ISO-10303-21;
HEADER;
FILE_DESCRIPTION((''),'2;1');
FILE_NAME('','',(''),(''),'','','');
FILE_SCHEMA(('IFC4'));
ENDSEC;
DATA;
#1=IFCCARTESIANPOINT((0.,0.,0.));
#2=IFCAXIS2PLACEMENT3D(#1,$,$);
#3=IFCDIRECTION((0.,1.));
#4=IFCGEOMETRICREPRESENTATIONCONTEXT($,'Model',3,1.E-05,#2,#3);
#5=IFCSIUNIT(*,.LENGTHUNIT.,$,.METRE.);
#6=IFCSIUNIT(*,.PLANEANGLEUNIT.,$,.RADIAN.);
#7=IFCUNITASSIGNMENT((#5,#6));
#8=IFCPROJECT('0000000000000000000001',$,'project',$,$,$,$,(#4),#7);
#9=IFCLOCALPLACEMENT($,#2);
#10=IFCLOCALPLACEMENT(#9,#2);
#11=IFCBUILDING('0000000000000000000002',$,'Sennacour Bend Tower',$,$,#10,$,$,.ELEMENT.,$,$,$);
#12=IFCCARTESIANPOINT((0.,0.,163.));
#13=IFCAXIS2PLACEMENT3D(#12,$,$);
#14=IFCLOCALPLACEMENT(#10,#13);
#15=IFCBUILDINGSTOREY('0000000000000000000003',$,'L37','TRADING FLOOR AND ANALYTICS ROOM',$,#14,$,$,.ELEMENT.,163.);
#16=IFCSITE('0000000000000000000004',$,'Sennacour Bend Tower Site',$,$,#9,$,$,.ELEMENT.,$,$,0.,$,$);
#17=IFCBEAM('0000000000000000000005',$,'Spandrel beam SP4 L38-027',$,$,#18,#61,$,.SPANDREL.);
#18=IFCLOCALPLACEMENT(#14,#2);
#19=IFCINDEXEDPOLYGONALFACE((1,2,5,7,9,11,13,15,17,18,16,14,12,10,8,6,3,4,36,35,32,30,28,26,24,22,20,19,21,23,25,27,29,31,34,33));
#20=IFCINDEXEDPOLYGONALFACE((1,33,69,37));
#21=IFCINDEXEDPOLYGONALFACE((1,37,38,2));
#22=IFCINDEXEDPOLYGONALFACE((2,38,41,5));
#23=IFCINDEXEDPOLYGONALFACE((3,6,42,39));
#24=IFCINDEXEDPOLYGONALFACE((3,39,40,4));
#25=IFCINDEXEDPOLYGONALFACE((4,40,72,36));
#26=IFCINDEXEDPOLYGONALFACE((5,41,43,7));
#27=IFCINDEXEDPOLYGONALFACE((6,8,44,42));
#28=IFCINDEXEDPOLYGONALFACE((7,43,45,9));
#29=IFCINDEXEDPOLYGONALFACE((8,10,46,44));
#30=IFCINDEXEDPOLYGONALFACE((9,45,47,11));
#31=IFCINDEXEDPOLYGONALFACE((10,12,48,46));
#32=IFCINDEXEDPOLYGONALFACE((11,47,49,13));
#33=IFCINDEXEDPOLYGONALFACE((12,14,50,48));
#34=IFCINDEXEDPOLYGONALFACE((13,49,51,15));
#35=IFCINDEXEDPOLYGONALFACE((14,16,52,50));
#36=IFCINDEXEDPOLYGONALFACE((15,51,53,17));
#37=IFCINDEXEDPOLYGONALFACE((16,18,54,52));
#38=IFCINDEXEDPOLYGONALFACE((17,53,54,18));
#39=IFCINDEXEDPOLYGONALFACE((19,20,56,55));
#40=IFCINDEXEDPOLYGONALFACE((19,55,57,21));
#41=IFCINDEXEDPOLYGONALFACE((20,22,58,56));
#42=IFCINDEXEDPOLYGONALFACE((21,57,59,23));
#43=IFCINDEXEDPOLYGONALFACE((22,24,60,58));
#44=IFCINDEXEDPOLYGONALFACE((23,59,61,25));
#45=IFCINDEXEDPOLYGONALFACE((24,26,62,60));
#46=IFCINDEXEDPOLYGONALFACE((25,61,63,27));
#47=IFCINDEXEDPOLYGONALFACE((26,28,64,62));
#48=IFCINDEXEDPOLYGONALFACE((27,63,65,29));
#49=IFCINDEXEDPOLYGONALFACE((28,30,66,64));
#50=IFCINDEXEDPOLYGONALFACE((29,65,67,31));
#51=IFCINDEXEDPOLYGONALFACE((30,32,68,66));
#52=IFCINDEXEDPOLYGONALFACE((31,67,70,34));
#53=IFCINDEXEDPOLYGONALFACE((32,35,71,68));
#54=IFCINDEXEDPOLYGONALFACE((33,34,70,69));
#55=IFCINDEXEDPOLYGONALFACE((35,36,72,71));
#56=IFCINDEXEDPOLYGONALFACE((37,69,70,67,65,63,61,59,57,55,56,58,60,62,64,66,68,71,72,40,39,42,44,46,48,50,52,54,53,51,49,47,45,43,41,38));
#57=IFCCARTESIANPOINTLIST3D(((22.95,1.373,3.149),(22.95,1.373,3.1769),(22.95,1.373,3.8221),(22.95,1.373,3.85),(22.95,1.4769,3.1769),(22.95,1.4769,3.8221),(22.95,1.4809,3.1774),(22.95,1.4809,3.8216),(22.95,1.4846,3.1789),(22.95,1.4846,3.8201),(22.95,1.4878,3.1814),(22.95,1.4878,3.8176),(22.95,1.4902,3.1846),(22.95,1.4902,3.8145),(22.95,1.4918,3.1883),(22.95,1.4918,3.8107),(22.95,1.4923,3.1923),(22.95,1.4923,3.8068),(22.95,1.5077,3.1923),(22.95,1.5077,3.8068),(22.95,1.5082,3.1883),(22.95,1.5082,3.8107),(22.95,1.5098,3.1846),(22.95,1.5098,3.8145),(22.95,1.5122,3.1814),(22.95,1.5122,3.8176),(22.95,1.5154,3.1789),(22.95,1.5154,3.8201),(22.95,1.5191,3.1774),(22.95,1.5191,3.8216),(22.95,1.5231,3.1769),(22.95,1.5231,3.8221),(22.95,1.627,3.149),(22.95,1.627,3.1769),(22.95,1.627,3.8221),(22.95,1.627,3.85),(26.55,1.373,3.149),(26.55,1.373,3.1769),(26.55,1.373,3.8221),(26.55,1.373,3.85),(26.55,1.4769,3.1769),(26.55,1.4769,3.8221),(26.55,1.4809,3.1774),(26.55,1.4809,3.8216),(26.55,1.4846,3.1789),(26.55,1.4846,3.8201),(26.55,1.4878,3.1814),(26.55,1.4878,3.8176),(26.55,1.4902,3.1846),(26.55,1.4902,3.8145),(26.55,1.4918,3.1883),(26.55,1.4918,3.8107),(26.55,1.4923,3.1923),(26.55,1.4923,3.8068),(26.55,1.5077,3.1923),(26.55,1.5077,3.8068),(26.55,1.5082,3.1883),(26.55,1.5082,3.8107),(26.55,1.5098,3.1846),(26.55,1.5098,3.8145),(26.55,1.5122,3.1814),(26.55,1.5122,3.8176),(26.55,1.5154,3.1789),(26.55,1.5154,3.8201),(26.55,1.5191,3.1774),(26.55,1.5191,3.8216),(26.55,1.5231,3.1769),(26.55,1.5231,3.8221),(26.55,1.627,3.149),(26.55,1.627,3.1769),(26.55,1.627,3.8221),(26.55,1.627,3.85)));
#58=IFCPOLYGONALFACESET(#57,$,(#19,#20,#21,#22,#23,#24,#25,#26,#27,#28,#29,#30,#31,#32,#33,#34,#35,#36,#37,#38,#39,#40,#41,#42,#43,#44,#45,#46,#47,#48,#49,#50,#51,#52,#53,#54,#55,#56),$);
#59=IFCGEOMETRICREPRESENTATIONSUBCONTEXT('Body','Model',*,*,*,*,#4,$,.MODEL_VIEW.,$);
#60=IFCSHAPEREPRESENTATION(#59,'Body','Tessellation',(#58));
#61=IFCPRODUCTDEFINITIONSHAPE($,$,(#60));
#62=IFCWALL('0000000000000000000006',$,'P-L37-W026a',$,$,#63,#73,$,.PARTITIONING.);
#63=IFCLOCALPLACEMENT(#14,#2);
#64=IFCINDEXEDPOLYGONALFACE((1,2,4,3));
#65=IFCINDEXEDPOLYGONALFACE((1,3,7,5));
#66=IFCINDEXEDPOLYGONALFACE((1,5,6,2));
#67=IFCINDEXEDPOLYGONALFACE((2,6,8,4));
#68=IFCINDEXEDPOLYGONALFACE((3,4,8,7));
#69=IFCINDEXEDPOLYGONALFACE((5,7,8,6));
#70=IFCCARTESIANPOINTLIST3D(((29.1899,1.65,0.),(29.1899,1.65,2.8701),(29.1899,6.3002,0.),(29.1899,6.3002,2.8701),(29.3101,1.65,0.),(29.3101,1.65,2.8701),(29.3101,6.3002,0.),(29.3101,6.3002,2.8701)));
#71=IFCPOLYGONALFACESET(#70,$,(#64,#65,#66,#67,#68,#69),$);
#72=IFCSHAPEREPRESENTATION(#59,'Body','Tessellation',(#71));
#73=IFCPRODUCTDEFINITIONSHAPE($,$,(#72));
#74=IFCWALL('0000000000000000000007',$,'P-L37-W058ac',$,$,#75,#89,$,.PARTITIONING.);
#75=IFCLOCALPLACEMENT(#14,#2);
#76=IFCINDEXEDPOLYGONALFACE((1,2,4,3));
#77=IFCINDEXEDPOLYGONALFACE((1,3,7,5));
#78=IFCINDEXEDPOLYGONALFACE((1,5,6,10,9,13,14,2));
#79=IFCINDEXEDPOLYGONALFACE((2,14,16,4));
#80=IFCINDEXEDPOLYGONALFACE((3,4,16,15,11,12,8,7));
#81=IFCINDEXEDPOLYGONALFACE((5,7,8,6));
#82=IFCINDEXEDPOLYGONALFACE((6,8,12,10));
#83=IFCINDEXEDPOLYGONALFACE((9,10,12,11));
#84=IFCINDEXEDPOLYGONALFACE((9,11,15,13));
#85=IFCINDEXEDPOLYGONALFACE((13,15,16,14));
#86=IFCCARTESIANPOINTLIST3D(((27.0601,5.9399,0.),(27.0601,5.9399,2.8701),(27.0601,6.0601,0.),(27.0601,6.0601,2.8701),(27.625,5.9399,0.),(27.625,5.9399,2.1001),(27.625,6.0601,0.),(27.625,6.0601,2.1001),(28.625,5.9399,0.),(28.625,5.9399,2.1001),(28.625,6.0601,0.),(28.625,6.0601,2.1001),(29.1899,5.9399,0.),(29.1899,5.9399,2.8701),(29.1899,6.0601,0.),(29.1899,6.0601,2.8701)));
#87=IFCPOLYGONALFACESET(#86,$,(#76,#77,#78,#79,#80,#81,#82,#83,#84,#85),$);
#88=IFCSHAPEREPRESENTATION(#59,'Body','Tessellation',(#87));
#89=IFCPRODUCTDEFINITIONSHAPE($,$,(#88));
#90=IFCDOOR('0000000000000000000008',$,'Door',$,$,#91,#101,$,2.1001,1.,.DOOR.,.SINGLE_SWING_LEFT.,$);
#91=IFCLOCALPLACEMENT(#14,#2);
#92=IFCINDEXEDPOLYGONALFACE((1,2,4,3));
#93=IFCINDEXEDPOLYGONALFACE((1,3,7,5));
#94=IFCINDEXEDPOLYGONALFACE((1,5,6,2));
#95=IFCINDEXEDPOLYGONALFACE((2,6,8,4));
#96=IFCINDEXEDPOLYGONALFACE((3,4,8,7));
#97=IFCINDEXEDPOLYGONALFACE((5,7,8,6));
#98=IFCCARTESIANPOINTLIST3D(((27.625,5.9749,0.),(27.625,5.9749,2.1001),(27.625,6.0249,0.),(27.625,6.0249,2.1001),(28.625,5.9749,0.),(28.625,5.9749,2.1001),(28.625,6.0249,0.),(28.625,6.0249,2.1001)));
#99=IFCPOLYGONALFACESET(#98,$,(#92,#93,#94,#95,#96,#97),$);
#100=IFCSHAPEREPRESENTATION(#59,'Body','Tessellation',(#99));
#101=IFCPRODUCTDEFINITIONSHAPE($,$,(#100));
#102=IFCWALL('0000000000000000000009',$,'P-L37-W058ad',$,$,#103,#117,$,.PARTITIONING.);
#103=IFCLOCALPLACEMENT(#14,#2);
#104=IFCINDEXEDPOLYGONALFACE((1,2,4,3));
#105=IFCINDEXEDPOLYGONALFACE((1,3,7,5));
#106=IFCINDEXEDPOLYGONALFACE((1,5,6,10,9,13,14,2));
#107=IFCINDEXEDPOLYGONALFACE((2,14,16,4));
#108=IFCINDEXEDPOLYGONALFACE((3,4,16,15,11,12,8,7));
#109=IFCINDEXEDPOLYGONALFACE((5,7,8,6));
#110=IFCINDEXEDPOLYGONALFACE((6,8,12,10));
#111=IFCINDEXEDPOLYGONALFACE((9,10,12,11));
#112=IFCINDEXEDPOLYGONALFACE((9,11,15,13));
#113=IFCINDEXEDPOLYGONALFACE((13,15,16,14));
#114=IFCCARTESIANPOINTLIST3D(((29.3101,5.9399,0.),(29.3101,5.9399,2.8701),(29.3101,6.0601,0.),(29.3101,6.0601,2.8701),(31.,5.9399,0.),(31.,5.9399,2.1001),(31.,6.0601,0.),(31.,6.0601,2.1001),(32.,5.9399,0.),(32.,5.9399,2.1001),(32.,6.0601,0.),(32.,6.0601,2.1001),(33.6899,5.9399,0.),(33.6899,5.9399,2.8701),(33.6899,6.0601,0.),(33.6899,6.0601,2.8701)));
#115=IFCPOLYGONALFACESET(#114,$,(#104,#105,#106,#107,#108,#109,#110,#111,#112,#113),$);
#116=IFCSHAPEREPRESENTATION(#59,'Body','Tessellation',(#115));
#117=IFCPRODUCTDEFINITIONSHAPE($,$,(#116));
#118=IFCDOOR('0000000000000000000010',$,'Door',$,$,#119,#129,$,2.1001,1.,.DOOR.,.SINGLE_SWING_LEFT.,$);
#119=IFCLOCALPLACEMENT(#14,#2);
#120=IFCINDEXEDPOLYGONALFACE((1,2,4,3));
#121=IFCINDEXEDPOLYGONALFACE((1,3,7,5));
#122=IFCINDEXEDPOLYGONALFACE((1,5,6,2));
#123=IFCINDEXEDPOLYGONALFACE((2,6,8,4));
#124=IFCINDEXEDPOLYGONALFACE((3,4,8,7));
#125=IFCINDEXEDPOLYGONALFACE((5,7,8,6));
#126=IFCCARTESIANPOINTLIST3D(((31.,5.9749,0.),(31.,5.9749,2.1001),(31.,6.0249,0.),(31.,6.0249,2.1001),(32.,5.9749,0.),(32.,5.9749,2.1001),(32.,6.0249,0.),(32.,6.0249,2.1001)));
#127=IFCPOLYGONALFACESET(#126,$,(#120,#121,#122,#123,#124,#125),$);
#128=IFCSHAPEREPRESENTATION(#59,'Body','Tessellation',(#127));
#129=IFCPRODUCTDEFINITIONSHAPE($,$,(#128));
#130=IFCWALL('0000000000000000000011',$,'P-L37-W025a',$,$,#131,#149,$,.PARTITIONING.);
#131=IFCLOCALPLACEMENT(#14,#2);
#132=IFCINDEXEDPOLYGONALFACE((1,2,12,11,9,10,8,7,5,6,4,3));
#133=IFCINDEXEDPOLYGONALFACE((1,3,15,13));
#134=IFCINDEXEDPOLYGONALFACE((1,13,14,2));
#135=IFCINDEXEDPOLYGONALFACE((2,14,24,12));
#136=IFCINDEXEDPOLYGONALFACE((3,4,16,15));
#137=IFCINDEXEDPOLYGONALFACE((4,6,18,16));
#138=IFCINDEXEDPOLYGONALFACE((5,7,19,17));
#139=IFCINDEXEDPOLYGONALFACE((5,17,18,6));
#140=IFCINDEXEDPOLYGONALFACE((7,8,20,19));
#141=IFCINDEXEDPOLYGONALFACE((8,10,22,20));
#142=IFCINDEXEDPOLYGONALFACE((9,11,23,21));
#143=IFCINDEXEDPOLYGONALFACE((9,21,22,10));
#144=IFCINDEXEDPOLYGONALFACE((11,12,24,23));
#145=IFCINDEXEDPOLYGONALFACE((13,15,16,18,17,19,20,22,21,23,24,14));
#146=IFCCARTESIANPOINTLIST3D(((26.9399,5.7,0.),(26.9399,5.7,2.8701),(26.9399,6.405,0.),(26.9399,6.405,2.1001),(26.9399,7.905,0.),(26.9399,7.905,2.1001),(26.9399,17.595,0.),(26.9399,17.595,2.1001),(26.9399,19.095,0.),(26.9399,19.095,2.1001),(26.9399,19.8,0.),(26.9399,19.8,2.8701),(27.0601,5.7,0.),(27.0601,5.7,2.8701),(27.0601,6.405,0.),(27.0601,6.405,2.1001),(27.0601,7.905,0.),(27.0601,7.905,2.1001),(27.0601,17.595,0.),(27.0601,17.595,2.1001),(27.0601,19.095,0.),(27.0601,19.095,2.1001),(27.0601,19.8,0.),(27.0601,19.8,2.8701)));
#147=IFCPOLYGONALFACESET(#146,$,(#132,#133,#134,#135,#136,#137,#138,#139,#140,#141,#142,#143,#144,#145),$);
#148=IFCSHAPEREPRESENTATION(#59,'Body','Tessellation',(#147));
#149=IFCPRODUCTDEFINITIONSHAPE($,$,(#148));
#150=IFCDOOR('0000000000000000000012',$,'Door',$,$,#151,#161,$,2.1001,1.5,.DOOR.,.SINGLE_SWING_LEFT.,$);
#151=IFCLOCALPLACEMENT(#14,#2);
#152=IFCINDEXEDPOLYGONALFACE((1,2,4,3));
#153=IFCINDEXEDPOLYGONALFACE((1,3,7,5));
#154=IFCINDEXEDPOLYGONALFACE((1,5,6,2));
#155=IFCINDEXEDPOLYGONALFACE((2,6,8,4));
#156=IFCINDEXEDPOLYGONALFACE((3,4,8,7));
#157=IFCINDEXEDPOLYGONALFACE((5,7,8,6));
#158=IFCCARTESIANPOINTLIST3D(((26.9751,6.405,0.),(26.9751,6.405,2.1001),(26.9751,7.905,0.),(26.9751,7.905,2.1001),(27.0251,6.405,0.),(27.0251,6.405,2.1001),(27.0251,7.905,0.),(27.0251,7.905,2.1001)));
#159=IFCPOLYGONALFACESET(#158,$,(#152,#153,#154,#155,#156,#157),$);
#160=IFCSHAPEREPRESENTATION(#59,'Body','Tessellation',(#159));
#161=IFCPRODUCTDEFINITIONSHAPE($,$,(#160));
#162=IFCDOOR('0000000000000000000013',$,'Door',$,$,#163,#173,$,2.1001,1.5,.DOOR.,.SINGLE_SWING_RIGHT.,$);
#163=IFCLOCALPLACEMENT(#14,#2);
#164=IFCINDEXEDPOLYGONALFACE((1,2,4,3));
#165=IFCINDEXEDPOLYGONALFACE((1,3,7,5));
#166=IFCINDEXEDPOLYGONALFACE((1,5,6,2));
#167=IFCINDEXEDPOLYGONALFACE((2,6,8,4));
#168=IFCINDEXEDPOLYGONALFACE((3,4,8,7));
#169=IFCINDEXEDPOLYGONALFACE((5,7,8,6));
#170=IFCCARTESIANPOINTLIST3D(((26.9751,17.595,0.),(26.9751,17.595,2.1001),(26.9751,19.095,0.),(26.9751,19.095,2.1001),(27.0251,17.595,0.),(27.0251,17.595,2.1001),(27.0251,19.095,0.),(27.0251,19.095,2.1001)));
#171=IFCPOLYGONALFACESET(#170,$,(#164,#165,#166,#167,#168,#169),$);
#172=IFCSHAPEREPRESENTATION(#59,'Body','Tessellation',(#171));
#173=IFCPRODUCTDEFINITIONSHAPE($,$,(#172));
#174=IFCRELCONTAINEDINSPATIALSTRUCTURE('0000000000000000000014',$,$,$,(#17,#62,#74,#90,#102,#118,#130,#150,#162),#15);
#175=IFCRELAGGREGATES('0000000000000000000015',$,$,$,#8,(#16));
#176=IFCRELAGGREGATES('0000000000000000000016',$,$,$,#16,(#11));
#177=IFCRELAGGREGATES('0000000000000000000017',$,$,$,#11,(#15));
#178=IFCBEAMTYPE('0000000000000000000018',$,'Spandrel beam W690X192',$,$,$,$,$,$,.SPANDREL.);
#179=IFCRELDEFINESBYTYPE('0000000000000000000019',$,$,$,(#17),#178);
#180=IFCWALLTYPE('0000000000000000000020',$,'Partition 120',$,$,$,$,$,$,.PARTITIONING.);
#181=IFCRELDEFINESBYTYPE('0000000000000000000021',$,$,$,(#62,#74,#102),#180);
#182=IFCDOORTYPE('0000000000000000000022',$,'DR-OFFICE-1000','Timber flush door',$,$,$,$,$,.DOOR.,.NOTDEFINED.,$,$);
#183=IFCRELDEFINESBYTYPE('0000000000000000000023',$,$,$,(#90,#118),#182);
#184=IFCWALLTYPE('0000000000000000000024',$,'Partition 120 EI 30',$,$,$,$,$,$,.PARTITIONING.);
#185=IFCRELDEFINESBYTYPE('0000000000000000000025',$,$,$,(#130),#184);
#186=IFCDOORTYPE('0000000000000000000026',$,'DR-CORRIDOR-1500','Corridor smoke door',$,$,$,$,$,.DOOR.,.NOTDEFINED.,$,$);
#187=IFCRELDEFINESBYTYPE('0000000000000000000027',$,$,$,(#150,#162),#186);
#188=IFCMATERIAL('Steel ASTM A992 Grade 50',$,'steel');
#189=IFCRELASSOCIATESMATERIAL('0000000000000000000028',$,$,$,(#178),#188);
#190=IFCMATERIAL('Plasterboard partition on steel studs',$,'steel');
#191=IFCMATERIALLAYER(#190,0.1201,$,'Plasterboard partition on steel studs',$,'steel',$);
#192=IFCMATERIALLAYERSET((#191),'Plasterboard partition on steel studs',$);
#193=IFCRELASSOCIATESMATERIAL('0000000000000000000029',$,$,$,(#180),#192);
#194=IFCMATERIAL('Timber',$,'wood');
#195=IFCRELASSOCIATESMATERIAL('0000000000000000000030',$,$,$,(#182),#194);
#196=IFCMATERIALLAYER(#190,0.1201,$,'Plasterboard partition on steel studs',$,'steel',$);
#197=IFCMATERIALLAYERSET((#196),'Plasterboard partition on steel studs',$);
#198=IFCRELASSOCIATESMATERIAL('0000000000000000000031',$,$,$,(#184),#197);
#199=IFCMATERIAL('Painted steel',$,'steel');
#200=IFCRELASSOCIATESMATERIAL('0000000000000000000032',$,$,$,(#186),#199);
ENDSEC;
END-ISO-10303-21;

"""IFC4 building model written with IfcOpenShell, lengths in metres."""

from ifc_helpers import new_model, si_unit, direction, frame, frame_2d, origin, origin_2d, place, context, subcontext, project, spatial, rectangle, i_section, extrude, material, layer, layer_set, material_profile, profile_set, type_object, element, fill, save


model = new_model("IFC4")

# Units and contexts
model_context = context("Model", 3, precision=1e-05, world=origin(), true_north=direction((0.0, 1.0)))
body_context = subcontext(model_context, "Body", "Model", "MODEL_VIEW")
ifc_project = project(units=[si_unit("LENGTHUNIT", "METRE"), si_unit("PLANEANGLEUNIT", "RADIAN")], contexts=[model_context])

# Site, building, storey
site_placement = place(None, origin())
site = spatial("IfcSite", under=ifc_project, at=site_placement, Name="Sennacour Bend Tower Site", CompositionType="ELEMENT", RefElevation=0.0)
building_placement = place(site_placement, origin())
building = spatial("IfcBuilding", under=site, at=building_placement, Name="Sennacour Bend Tower", CompositionType="ELEMENT")
storey_placement = place(building_placement, frame((0.0, 0.0, 163.0)))
storey = spatial("IfcBuildingStorey", under=building, at=storey_placement, Name="L37", Description="TRADING FLOOR AND ANALYTICS ROOM", CompositionType="ELEMENT", Elevation=163.0)

# Beam
ifc_material_1 = material(Name="Steel ASTM A992 Grade 50", Category="steel")
ifc_material_profile_1 = material_profile(ifc_material_1, i_section(OverallWidth=0.2539, OverallDepth=0.7009, WebThickness=0.0154, FlangeThickness=0.0278, FilletRadius=0.0154, at=origin_2d()), Name="Steel ASTM A992 Grade 50", Category="steel")
ifc_profile_set_1 = profile_set([ifc_material_profile_1], Name="Steel ASTM A992 Grade 50")
beam_type_1 = type_object("IfcBeamType", Name="Spandrel beam W690X192", PredefinedType="SPANDREL", material=ifc_profile_set_1)
for number, where, z_axis, x_axis, name in (
    (1, (26.55, 1.5, 3.4995), (-1.0, 0.0, 0.0), (0.0, -1.0, 0.0), "Spandrel beam SP4 L38-027"),
):
    element("IfcBeam", number, at=place(storey_placement, frame(where, z_axis=z_axis, x_axis=x_axis)), inside=storey, type_object=beam_type_1, Name=name, PredefinedType="SPANDREL", context=body_context, shape_type="SweptSolid", body=[
        extrude(i_section(OverallWidth=0.2539, OverallDepth=0.7009, WebThickness=0.0154, FlangeThickness=0.0278, FilletRadius=0.0154, at=origin_2d()), origin(), (0.0, 0.0, 1.0), 3.6001),
    ])

# Wall
ifc_material_2 = material(Name="Plasterboard partition on steel studs", Category="steel")
ifc_layer_1 = layer(ifc_material_2, 0.1201, Name="Plasterboard partition on steel studs", Category="steel")
ifc_layer_set_1 = layer_set([ifc_layer_1], Name="Plasterboard partition on steel studs")
wall_type_1 = type_object("IfcWallType", Name="Partition 120", PredefinedType="PARTITIONING", material=ifc_layer_set_1)
wall_1_placement = place(storey_placement, frame((29.25, 1.6499, 0.0), z_axis=(0.0, 0.0, 1.0), x_axis=(0.0, 1.0, 0.0)))
element("IfcWall", 2, at=wall_1_placement, inside=storey, type_object=wall_type_1, Name="P-L37-W026a", PredefinedType="PARTITIONING", context=body_context, shape_type="SweptSolid", body=[
    extrude(rectangle(XDim=4.6501, YDim=0.1201, at=frame_2d((2.3252, 0.0))), origin(), (0.0, 0.0, 1.0), 2.8701),
])

# Walls, openings, doors
wall_2_placement = place(storey_placement, frame((27.0601, 6.0, 0.0), z_axis=(0.0, 0.0, 1.0), x_axis=(1.0, 0.0, 0.0)))
wall_2 = element("IfcWall", 3, at=wall_2_placement, inside=storey, type_object=wall_type_1, Name="P-L37-W058ac", PredefinedType="PARTITIONING", context=body_context, shape_type="SweptSolid", body=[
    extrude(rectangle(XDim=2.1299, YDim=0.1201, at=frame_2d((1.0649, 0.0))), origin(), (0.0, 0.0, 1.0), 2.8701),
])
opening_1_placement = place(wall_2_placement, frame((0.5649, 0.0, 0.0)))
opening_1 = element("IfcOpeningElement", 4, at=opening_1_placement, cuts=wall_2, PredefinedType="OPENING", context=body_context, shape_type="SweptSolid", body=[
    extrude(rectangle(XDim=1.0, YDim=2.1001, at=frame_2d((0.5, 1.05))), frame((0.0, 0.0701, 0.0), z_axis=(0.0, -1.0, 0.0), x_axis=(1.0, 0.0, 0.0)), (0.0, 0.0, 1.0), 0.1401),
])
ifc_material_3 = material(Name="Timber", Category="wood")
door_type_1 = type_object("IfcDoorType", Name="DR-OFFICE-1000", Description="Timber flush door", OperationType="NOTDEFINED", PredefinedType="DOOR", material=ifc_material_3)
door_1_placement = place(opening_1_placement, origin())
door_1 = element("IfcDoor", 5, at=door_1_placement, inside=storey, type_object=door_type_1, Name="Door", OperationType="SINGLE_SWING_LEFT", OverallHeight=2.1001, OverallWidth=1.0, PredefinedType="DOOR", context=body_context, shape_type="SweptSolid", body=[
    extrude(rectangle(XDim=1.0, YDim=2.1001, at=frame_2d((0.5, 1.05))), frame((0.0, 0.0249, 0.0), z_axis=(0.0, -1.0, 0.0), x_axis=(1.0, 0.0, 0.0)), (0.0, 0.0, 1.0), 0.05),
])
fill(opening_1, door_1)
wall_3_placement = place(storey_placement, frame((29.3101, 6.0, 0.0), z_axis=(0.0, 0.0, 1.0), x_axis=(1.0, 0.0, 0.0)))
wall_3 = element("IfcWall", 6, at=wall_3_placement, inside=storey, type_object=wall_type_1, Name="P-L37-W058ad", PredefinedType="PARTITIONING", context=body_context, shape_type="SweptSolid", body=[
    extrude(rectangle(XDim=4.3799, YDim=0.1201, at=frame_2d((2.1899, 0.0))), origin(), (0.0, 0.0, 1.0), 2.8701),
])
opening_2_placement = place(wall_3_placement, frame((1.6899, 0.0, 0.0)))
opening_2 = element("IfcOpeningElement", 7, at=opening_2_placement, cuts=wall_3, PredefinedType="OPENING", context=body_context, shape_type="SweptSolid", body=[
    extrude(rectangle(XDim=1.0, YDim=2.1001, at=frame_2d((0.5, 1.05))), frame((0.0, 0.0701, 0.0), z_axis=(0.0, -1.0, 0.0), x_axis=(1.0, 0.0, 0.0)), (0.0, 0.0, 1.0), 0.1401),
])
door_2_placement = place(opening_2_placement, origin())
door_2 = element("IfcDoor", 8, at=door_2_placement, inside=storey, type_object=door_type_1, Name="Door", OperationType="SINGLE_SWING_LEFT", OverallHeight=2.1001, OverallWidth=1.0, PredefinedType="DOOR", context=body_context, shape_type="SweptSolid", body=[
    extrude(rectangle(XDim=1.0, YDim=2.1001, at=frame_2d((0.5, 1.05))), frame((0.0, 0.0249, 0.0), z_axis=(0.0, -1.0, 0.0), x_axis=(1.0, 0.0, 0.0)), (0.0, 0.0, 1.0), 0.05),
])
fill(opening_2, door_2)

# Wall, openings, doors
ifc_layer_2 = layer(ifc_material_2, 0.1201, Name="Plasterboard partition on steel studs", Category="steel")
ifc_layer_set_2 = layer_set([ifc_layer_2], Name="Plasterboard partition on steel studs")
wall_type_2 = type_object("IfcWallType", Name="Partition 120 EI 30", PredefinedType="PARTITIONING", material=ifc_layer_set_2)
wall_4_placement = place(storey_placement, frame((27.0, 5.7, 0.0), z_axis=(0.0, 0.0, 1.0), x_axis=(0.0, 1.0, 0.0)))
wall_4 = element("IfcWall", 9, at=wall_4_placement, inside=storey, type_object=wall_type_2, Name="P-L37-W025a", PredefinedType="PARTITIONING", context=body_context, shape_type="SweptSolid", body=[
    extrude(rectangle(XDim=14.1001, YDim=0.1201, at=frame_2d((7.05, 0.0))), origin(), (0.0, 0.0, 1.0), 2.8701),
])
opening_3_placement = place(wall_4_placement, frame((0.7051, 0.0, 0.0)))
opening_3 = element("IfcOpeningElement", 10, at=opening_3_placement, cuts=wall_4, PredefinedType="OPENING", context=body_context, shape_type="SweptSolid", body=[
    extrude(rectangle(XDim=1.5, YDim=2.1001, at=frame_2d((0.75, 1.05))), frame((0.0, 0.0701, 0.0), z_axis=(0.0, -1.0, 0.0), x_axis=(1.0, 0.0, 0.0)), (0.0, 0.0, 1.0), 0.1401),
])
opening_4_placement = place(wall_4_placement, frame((11.895, 0.0, 0.0)))
opening_4 = element("IfcOpeningElement", 11, at=opening_4_placement, cuts=wall_4, PredefinedType="OPENING", context=body_context, shape_type="SweptSolid", body=[
    extrude(rectangle(XDim=1.5, YDim=2.1001, at=frame_2d((0.75, 1.05))), frame((0.0, 0.0701, 0.0), z_axis=(0.0, -1.0, 0.0), x_axis=(1.0, 0.0, 0.0)), (0.0, 0.0, 1.0), 0.1401),
])
ifc_material_4 = material(Name="Painted steel", Category="steel")
door_type_2 = type_object("IfcDoorType", Name="DR-CORRIDOR-1500", Description="Corridor smoke door", OperationType="NOTDEFINED", PredefinedType="DOOR", material=ifc_material_4)
door_3_placement = place(opening_3_placement, origin())
door_3 = element("IfcDoor", 12, at=door_3_placement, inside=storey, type_object=door_type_2, Name="Door", OperationType="SINGLE_SWING_LEFT", OverallHeight=2.1001, OverallWidth=1.5, PredefinedType="DOOR", context=body_context, shape_type="SweptSolid", body=[
    extrude(rectangle(XDim=1.5, YDim=2.1001, at=frame_2d((0.75, 1.05))), frame((0.0, 0.0249, 0.0), z_axis=(0.0, -1.0, 0.0), x_axis=(1.0, 0.0, 0.0)), (0.0, 0.0, 1.0), 0.05),
])
fill(opening_3, door_3)
door_4_placement = place(opening_4_placement, origin())
door_4 = element("IfcDoor", 13, at=door_4_placement, inside=storey, type_object=door_type_2, Name="Door", OperationType="SINGLE_SWING_RIGHT", OverallHeight=2.1001, OverallWidth=1.5, PredefinedType="DOOR", context=body_context, shape_type="SweptSolid", body=[
    extrude(rectangle(XDim=1.5, YDim=2.1001, at=frame_2d((0.75, 1.05))), frame((0.0, 0.0249, 0.0), z_axis=(0.0, -1.0, 0.0), x_axis=(1.0, 0.0, 0.0)), (0.0, 0.0, 1.0), 0.05),
])
fill(opening_4, door_4)

save(model, "model.ifc")
